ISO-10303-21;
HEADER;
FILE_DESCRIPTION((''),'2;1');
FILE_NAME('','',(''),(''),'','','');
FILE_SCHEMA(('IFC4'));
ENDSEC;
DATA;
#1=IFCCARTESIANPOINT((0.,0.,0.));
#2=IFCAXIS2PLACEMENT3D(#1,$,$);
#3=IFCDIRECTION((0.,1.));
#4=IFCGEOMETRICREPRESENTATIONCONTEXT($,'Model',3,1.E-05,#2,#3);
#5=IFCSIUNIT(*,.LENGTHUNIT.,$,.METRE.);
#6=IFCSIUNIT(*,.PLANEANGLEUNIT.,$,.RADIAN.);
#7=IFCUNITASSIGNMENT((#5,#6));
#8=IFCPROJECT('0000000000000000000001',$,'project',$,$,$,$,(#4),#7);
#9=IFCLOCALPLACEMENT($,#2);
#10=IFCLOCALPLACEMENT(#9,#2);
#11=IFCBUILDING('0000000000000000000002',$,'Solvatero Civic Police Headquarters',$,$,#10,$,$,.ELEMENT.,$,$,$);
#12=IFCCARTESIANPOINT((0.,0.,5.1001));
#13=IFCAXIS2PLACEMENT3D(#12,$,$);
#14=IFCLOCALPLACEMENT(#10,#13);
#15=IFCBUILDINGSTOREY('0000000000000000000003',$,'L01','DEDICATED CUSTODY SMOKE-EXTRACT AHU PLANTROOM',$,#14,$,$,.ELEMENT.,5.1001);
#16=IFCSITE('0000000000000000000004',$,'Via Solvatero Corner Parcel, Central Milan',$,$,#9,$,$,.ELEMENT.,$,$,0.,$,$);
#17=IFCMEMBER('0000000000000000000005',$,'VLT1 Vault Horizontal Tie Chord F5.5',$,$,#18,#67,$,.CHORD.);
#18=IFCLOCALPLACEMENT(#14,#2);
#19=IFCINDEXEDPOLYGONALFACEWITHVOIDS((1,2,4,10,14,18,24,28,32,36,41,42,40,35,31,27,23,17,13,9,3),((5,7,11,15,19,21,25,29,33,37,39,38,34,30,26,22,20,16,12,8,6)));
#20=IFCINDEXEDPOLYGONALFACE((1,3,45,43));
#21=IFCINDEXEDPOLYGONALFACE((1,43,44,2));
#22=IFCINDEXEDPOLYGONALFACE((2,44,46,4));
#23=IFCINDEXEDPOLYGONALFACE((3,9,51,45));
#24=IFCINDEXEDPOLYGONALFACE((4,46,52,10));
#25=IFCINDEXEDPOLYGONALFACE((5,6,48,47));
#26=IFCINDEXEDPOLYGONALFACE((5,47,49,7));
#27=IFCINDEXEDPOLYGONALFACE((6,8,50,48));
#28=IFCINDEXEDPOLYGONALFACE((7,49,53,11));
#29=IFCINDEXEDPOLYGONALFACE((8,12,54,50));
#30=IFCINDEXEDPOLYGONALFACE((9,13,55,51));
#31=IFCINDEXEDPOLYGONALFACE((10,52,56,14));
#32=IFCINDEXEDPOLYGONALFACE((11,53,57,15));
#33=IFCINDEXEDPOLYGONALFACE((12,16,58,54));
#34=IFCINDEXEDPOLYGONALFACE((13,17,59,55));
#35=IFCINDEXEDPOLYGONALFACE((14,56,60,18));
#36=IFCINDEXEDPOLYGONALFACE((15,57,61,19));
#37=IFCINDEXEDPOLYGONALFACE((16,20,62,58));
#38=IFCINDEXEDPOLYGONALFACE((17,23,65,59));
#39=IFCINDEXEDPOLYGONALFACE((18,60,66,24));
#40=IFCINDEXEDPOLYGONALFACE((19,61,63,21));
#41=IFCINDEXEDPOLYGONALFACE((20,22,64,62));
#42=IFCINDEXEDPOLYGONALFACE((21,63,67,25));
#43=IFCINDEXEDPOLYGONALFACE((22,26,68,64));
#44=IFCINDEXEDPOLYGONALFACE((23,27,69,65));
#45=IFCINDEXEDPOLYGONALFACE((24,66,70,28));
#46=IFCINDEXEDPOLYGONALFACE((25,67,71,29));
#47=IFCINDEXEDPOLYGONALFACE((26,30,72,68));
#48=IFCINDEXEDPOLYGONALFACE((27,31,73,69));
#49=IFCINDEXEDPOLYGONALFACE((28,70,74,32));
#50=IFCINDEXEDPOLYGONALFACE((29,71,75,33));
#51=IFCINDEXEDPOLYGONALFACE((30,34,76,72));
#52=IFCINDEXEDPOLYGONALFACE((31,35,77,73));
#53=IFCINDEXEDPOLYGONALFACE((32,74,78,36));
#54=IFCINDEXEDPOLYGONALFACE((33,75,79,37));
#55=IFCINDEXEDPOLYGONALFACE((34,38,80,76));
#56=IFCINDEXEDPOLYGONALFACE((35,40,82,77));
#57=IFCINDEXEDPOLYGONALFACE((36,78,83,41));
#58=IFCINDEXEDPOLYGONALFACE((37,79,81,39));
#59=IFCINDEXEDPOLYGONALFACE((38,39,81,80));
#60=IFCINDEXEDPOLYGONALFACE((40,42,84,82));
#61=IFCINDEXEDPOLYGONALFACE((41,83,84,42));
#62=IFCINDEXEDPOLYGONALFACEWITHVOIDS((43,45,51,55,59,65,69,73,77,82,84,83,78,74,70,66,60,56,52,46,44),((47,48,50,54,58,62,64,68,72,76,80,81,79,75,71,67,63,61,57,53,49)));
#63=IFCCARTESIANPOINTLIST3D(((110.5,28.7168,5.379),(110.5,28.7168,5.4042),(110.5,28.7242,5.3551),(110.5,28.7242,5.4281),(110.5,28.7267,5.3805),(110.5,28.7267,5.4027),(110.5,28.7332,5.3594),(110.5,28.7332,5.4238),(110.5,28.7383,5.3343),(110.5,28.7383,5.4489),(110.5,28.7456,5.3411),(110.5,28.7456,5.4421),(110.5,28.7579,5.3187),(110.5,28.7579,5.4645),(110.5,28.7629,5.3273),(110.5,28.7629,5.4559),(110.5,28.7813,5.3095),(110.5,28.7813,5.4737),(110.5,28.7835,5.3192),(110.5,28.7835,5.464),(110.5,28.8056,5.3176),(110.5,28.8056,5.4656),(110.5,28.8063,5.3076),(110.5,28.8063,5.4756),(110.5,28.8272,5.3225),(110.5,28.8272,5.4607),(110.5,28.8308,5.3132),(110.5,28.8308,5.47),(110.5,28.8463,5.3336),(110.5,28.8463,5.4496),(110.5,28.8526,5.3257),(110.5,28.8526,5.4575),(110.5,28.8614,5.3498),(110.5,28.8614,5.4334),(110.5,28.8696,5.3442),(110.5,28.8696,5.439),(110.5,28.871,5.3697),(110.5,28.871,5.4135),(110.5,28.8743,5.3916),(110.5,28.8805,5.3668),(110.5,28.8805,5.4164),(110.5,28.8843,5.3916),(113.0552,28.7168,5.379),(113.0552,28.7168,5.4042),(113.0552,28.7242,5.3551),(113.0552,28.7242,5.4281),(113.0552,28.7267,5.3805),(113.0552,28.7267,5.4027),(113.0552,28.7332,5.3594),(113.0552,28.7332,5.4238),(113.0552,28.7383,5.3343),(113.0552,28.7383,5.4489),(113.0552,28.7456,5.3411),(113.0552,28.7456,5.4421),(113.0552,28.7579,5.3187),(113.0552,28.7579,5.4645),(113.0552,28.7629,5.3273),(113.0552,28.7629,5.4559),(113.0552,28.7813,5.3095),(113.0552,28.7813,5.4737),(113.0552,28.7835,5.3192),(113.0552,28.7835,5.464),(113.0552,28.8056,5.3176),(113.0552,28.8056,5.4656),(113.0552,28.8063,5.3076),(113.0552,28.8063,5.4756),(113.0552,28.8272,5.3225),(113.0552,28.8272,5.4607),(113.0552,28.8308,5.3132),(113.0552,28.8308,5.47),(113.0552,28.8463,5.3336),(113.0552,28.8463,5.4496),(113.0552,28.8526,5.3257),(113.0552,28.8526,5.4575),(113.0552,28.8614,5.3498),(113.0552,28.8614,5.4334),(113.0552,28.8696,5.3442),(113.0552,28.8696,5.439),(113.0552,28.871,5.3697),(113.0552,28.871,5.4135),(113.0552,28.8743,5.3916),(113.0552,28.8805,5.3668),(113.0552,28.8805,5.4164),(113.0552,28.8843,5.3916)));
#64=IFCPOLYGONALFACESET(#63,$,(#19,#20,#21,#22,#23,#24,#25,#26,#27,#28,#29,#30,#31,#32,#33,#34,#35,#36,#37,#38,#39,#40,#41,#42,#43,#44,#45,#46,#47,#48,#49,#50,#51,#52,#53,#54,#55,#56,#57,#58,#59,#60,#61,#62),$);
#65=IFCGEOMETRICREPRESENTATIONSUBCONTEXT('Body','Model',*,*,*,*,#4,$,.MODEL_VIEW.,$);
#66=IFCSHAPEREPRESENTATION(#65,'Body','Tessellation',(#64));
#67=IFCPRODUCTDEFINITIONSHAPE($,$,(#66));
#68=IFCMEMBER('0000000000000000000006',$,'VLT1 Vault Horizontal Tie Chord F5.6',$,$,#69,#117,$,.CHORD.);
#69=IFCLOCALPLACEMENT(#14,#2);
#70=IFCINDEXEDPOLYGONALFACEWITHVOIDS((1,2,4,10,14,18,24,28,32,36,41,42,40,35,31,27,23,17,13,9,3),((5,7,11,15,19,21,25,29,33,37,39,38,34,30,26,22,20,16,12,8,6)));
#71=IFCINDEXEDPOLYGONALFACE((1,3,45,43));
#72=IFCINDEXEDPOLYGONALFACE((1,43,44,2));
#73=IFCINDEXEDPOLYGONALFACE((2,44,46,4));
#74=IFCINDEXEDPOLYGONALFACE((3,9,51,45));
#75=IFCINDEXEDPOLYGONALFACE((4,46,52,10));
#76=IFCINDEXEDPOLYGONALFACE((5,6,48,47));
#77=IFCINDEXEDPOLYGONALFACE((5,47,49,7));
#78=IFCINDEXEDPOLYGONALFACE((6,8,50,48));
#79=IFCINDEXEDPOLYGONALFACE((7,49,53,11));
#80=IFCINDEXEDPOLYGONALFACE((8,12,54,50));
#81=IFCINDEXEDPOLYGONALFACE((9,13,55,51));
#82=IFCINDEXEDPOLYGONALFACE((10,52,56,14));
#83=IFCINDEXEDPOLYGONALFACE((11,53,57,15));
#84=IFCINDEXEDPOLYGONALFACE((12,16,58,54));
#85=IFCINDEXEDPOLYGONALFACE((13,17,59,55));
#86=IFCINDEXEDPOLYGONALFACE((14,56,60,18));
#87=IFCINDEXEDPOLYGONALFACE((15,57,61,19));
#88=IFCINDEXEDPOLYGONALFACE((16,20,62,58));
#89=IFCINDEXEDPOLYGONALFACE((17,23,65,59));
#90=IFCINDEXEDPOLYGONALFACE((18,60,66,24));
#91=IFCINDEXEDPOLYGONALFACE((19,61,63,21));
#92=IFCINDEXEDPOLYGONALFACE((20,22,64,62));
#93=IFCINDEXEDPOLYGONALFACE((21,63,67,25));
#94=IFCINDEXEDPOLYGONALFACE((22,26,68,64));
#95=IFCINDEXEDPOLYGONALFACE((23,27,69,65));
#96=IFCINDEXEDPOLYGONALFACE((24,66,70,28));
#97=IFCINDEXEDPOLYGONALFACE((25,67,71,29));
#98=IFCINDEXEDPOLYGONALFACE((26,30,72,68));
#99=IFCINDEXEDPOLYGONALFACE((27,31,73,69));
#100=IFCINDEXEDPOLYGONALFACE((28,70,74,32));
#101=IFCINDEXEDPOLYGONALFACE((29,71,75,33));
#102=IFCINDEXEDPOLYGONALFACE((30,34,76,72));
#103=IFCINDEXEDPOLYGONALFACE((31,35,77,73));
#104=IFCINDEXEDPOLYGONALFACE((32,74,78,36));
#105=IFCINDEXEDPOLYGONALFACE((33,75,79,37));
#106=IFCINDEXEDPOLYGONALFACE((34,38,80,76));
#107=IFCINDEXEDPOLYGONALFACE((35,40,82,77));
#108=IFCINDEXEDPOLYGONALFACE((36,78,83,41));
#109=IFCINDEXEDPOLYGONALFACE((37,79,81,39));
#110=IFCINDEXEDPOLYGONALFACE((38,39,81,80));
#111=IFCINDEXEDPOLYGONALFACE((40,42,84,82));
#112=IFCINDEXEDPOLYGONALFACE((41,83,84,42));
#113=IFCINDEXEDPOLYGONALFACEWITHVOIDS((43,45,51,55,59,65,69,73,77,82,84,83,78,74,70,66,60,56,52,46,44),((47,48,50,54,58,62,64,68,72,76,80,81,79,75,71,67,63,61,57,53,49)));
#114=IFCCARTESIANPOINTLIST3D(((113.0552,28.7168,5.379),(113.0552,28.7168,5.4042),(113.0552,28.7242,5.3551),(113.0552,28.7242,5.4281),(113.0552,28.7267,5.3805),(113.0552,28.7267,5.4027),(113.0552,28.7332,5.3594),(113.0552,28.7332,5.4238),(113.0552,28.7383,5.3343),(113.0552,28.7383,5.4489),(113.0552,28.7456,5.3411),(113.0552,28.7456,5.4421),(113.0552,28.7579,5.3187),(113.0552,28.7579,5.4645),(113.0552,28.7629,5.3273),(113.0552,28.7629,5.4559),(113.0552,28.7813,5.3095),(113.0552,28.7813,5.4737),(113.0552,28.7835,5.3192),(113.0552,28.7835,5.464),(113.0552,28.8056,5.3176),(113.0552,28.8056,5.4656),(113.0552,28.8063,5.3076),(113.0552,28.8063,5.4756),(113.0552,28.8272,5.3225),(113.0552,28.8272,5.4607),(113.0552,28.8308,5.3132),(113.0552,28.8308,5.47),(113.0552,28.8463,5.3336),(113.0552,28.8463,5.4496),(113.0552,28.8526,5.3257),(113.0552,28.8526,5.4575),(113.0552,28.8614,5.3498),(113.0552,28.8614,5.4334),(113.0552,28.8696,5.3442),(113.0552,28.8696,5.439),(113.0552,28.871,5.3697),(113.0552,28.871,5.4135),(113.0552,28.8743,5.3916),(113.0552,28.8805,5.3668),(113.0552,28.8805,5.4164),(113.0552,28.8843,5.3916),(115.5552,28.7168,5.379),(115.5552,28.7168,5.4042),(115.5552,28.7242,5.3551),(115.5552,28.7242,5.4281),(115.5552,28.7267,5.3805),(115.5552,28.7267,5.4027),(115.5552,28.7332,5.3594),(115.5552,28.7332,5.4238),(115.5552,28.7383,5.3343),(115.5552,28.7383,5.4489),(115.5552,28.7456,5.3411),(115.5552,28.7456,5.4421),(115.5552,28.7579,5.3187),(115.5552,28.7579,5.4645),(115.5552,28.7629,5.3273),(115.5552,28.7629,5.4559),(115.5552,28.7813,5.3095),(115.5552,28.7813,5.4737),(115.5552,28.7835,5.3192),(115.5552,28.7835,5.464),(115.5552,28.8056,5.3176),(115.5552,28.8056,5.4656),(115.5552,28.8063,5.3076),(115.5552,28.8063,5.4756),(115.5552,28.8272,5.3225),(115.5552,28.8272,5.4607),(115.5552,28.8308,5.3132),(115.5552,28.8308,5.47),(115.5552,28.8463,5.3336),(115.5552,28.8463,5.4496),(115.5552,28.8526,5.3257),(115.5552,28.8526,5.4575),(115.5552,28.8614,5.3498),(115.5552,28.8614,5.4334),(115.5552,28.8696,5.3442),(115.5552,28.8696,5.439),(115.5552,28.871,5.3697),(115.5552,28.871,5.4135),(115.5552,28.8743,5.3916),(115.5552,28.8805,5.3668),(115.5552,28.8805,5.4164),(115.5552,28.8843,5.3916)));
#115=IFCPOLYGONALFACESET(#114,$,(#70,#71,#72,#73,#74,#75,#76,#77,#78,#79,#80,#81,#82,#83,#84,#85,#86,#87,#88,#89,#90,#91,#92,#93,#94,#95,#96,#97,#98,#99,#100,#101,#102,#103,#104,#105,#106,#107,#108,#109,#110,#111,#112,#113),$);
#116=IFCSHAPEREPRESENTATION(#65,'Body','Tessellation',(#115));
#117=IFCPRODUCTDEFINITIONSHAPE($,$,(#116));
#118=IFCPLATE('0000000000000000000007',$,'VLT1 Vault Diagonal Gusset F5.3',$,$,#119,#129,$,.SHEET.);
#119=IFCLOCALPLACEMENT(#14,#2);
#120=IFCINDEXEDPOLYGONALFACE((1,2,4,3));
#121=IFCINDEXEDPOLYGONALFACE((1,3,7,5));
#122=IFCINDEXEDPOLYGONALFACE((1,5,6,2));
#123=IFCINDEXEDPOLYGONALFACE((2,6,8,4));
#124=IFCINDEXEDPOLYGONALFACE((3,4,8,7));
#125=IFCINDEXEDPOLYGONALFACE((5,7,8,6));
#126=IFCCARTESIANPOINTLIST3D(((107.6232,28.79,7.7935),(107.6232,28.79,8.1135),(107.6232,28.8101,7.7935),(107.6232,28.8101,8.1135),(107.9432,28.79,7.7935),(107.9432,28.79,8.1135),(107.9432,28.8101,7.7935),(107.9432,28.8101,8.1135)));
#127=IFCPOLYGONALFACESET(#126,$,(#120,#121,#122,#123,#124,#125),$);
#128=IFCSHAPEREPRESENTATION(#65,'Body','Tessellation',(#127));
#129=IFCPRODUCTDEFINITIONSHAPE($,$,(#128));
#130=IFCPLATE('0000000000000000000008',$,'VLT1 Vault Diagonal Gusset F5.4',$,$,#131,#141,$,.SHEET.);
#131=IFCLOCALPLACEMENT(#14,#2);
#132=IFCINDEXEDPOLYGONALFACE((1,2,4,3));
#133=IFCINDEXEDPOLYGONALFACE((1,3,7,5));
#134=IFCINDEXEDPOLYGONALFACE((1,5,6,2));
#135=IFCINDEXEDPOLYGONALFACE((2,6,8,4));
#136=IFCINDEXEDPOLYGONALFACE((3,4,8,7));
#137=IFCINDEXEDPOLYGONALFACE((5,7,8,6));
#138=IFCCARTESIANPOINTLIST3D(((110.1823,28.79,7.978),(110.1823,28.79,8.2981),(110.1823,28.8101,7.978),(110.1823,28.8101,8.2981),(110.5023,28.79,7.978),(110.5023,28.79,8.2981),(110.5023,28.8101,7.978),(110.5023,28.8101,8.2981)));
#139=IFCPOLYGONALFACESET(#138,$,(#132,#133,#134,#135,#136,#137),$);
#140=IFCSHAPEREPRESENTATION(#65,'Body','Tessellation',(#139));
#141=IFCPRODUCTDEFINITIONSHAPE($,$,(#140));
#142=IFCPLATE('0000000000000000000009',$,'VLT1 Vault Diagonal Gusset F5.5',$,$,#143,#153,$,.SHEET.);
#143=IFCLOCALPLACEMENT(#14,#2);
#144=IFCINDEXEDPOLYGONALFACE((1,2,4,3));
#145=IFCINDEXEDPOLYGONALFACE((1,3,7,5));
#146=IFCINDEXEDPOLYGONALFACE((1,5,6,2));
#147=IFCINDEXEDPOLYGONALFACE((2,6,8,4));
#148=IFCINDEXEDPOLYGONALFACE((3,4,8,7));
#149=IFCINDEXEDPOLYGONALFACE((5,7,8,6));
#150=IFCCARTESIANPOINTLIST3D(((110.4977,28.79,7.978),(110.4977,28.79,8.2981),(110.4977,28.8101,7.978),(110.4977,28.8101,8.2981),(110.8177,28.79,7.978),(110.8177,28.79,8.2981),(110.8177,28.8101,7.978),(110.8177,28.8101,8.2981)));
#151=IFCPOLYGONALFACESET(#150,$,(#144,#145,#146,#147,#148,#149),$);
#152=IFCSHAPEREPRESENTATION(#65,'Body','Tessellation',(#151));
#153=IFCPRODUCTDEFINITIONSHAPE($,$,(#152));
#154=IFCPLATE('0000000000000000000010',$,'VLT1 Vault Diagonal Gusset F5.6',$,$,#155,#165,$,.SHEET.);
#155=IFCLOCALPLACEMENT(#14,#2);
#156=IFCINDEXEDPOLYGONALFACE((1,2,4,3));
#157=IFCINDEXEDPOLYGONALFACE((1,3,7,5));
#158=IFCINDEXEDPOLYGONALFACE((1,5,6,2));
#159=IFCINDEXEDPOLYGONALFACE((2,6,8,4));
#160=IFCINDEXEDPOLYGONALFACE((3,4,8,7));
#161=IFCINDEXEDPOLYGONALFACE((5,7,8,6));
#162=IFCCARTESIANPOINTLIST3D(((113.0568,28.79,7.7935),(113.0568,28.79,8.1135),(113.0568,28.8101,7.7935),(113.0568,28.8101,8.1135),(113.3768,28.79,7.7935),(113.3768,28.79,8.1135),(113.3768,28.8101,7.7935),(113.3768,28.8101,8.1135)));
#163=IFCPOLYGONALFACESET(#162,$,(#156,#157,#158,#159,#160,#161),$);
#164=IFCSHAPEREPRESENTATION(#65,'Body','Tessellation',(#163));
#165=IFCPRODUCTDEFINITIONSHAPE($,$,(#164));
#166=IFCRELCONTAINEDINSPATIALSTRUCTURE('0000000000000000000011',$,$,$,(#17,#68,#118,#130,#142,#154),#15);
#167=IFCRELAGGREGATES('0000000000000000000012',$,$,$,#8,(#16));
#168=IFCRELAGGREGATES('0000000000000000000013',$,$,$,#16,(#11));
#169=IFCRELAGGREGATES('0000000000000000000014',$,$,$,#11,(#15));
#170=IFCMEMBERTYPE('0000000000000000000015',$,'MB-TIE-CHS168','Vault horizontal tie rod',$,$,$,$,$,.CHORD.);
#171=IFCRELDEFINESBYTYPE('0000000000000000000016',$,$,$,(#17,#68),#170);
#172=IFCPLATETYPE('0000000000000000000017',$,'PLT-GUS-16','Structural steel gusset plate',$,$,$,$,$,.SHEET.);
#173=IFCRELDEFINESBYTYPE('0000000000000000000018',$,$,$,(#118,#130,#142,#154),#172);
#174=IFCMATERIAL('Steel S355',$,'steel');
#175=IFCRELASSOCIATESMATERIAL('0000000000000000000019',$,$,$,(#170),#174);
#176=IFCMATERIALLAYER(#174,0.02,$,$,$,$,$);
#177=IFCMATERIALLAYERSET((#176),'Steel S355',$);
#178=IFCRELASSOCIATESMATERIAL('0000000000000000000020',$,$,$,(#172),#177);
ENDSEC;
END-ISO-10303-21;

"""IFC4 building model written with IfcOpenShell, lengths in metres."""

from ifc_helpers import new_model, si_unit, direction, frame, origin, origin_2d, place, context, subcontext, project, spatial, rectangle, hollow_circle, extrude, material, layer, layer_set, material_profile, profile_set, type_object, element, save


model = new_model("IFC4")

# Units and contexts
model_context = context("Model", 3, precision=1e-05, world=origin(), true_north=direction((0.0, 1.0)))
body_context = subcontext(model_context, "Body", "Model", "MODEL_VIEW")
ifc_project = project(units=[si_unit("LENGTHUNIT", "METRE"), si_unit("PLANEANGLEUNIT", "RADIAN")], contexts=[model_context])

# Site, building, storey
site_placement = place(None, origin())
site = spatial("IfcSite", under=ifc_project, at=site_placement, Name="Via Solvatero Corner Parcel, Central Milan", CompositionType="ELEMENT", RefElevation=0.0)
building_placement = place(site_placement, origin())
building = spatial("IfcBuilding", under=site, at=building_placement, Name="Solvatero Civic Police Headquarters", CompositionType="ELEMENT")
storey_placement = place(building_placement, frame((0.0, 0.0, 5.1001)))
storey = spatial("IfcBuildingStorey", under=building, at=storey_placement, Name="L01", Description="DEDICATED CUSTODY SMOKE-EXTRACT AHU PLANTROOM", CompositionType="ELEMENT", Elevation=5.1001)

# Shared definitions
ifc_material = material(Name="Steel S355", Category="steel")

# Members
ifc_material_profile_1 = material_profile(ifc_material, hollow_circle(Radius=0.0842, WallThickness=0.01, at=origin_2d()), Name="CHS 168.3x10.0")
ifc_profile_set_1 = profile_set([ifc_material_profile_1], Name="Steel S355")
member_type_1 = type_object("IfcMemberType", Name="MB-TIE-CHS168", Description="Vault horizontal tie rod", PredefinedType="CHORD", material=ifc_profile_set_1)
for number, where, z_axis, x_axis, name in (
    (1, (110.5, 28.8, 5.3916), (1.0, 0.0, 0.0), (0.0, 1.0, 0.0), "VLT1 Vault Horizontal Tie Chord F5.5"),
):
    element("IfcMember", number, at=place(storey_placement, frame(where, z_axis=z_axis, x_axis=x_axis)), inside=storey, type_object=member_type_1, Name=name, PredefinedType="CHORD", context=body_context, shape_type="SweptSolid", body=[
        extrude(hollow_circle(Radius=0.0842, WallThickness=0.01, at=origin_2d()), origin(), (0.0, 0.0, 1.0), 2.5552),
    ])
member_1_placement = place(storey_placement, frame((113.0552, 28.8, 5.3916), z_axis=(1.0, 0.0, 0.0), x_axis=(0.0, 1.0, 0.0)))
element("IfcMember", 2, at=member_1_placement, inside=storey, type_object=member_type_1, Name="VLT1 Vault Horizontal Tie Chord F5.6", PredefinedType="CHORD", context=body_context, shape_type="SweptSolid", body=[
    extrude(hollow_circle(Radius=0.0842, WallThickness=0.01, at=origin_2d()), origin(), (0.0, 0.0, 1.0), 2.5),
])

# Plates
ifc_layer = layer(ifc_material, 0.02)
ifc_layer_set = layer_set([ifc_layer], Name="Steel S355")
plate_type = type_object("IfcPlateType", Name="PLT-GUS-16", Description="Structural steel gusset plate", PredefinedType="SHEET", material=ifc_layer_set)
for number, where, z_axis, x_axis, name in (
    (3, (107.7832, 28.8, 7.7935), (0.0, 0.0, 1.0), (1.0, 0.0, 0.0), "VLT1 Vault Diagonal Gusset F5.3"),
    (4, (110.3423, 28.8, 7.978), (0.0, 0.0, 1.0), (1.0, 0.0, 0.0), "VLT1 Vault Diagonal Gusset F5.4"),
    (5, (110.6577, 28.8, 7.978), (0.0, 0.0, 1.0), (1.0, 0.0, 0.0), "VLT1 Vault Diagonal Gusset F5.5"),
    (6, (113.2168, 28.8, 7.7935), (0.0, 0.0, 1.0), (1.0, 0.0, 0.0), "VLT1 Vault Diagonal Gusset F5.6"),
):
    element("IfcPlate", number, at=place(storey_placement, frame(where, z_axis=z_axis, x_axis=x_axis)), inside=storey, type_object=plate_type, Name=name, PredefinedType="SHEET", context=body_context, shape_type="SweptSolid", body=[
        extrude(rectangle(XDim=0.3201, YDim=0.02, at=origin_2d()), origin(), (0.0, 0.0, 1.0), 0.3201),
    ])

save(model, "model.ifc")
